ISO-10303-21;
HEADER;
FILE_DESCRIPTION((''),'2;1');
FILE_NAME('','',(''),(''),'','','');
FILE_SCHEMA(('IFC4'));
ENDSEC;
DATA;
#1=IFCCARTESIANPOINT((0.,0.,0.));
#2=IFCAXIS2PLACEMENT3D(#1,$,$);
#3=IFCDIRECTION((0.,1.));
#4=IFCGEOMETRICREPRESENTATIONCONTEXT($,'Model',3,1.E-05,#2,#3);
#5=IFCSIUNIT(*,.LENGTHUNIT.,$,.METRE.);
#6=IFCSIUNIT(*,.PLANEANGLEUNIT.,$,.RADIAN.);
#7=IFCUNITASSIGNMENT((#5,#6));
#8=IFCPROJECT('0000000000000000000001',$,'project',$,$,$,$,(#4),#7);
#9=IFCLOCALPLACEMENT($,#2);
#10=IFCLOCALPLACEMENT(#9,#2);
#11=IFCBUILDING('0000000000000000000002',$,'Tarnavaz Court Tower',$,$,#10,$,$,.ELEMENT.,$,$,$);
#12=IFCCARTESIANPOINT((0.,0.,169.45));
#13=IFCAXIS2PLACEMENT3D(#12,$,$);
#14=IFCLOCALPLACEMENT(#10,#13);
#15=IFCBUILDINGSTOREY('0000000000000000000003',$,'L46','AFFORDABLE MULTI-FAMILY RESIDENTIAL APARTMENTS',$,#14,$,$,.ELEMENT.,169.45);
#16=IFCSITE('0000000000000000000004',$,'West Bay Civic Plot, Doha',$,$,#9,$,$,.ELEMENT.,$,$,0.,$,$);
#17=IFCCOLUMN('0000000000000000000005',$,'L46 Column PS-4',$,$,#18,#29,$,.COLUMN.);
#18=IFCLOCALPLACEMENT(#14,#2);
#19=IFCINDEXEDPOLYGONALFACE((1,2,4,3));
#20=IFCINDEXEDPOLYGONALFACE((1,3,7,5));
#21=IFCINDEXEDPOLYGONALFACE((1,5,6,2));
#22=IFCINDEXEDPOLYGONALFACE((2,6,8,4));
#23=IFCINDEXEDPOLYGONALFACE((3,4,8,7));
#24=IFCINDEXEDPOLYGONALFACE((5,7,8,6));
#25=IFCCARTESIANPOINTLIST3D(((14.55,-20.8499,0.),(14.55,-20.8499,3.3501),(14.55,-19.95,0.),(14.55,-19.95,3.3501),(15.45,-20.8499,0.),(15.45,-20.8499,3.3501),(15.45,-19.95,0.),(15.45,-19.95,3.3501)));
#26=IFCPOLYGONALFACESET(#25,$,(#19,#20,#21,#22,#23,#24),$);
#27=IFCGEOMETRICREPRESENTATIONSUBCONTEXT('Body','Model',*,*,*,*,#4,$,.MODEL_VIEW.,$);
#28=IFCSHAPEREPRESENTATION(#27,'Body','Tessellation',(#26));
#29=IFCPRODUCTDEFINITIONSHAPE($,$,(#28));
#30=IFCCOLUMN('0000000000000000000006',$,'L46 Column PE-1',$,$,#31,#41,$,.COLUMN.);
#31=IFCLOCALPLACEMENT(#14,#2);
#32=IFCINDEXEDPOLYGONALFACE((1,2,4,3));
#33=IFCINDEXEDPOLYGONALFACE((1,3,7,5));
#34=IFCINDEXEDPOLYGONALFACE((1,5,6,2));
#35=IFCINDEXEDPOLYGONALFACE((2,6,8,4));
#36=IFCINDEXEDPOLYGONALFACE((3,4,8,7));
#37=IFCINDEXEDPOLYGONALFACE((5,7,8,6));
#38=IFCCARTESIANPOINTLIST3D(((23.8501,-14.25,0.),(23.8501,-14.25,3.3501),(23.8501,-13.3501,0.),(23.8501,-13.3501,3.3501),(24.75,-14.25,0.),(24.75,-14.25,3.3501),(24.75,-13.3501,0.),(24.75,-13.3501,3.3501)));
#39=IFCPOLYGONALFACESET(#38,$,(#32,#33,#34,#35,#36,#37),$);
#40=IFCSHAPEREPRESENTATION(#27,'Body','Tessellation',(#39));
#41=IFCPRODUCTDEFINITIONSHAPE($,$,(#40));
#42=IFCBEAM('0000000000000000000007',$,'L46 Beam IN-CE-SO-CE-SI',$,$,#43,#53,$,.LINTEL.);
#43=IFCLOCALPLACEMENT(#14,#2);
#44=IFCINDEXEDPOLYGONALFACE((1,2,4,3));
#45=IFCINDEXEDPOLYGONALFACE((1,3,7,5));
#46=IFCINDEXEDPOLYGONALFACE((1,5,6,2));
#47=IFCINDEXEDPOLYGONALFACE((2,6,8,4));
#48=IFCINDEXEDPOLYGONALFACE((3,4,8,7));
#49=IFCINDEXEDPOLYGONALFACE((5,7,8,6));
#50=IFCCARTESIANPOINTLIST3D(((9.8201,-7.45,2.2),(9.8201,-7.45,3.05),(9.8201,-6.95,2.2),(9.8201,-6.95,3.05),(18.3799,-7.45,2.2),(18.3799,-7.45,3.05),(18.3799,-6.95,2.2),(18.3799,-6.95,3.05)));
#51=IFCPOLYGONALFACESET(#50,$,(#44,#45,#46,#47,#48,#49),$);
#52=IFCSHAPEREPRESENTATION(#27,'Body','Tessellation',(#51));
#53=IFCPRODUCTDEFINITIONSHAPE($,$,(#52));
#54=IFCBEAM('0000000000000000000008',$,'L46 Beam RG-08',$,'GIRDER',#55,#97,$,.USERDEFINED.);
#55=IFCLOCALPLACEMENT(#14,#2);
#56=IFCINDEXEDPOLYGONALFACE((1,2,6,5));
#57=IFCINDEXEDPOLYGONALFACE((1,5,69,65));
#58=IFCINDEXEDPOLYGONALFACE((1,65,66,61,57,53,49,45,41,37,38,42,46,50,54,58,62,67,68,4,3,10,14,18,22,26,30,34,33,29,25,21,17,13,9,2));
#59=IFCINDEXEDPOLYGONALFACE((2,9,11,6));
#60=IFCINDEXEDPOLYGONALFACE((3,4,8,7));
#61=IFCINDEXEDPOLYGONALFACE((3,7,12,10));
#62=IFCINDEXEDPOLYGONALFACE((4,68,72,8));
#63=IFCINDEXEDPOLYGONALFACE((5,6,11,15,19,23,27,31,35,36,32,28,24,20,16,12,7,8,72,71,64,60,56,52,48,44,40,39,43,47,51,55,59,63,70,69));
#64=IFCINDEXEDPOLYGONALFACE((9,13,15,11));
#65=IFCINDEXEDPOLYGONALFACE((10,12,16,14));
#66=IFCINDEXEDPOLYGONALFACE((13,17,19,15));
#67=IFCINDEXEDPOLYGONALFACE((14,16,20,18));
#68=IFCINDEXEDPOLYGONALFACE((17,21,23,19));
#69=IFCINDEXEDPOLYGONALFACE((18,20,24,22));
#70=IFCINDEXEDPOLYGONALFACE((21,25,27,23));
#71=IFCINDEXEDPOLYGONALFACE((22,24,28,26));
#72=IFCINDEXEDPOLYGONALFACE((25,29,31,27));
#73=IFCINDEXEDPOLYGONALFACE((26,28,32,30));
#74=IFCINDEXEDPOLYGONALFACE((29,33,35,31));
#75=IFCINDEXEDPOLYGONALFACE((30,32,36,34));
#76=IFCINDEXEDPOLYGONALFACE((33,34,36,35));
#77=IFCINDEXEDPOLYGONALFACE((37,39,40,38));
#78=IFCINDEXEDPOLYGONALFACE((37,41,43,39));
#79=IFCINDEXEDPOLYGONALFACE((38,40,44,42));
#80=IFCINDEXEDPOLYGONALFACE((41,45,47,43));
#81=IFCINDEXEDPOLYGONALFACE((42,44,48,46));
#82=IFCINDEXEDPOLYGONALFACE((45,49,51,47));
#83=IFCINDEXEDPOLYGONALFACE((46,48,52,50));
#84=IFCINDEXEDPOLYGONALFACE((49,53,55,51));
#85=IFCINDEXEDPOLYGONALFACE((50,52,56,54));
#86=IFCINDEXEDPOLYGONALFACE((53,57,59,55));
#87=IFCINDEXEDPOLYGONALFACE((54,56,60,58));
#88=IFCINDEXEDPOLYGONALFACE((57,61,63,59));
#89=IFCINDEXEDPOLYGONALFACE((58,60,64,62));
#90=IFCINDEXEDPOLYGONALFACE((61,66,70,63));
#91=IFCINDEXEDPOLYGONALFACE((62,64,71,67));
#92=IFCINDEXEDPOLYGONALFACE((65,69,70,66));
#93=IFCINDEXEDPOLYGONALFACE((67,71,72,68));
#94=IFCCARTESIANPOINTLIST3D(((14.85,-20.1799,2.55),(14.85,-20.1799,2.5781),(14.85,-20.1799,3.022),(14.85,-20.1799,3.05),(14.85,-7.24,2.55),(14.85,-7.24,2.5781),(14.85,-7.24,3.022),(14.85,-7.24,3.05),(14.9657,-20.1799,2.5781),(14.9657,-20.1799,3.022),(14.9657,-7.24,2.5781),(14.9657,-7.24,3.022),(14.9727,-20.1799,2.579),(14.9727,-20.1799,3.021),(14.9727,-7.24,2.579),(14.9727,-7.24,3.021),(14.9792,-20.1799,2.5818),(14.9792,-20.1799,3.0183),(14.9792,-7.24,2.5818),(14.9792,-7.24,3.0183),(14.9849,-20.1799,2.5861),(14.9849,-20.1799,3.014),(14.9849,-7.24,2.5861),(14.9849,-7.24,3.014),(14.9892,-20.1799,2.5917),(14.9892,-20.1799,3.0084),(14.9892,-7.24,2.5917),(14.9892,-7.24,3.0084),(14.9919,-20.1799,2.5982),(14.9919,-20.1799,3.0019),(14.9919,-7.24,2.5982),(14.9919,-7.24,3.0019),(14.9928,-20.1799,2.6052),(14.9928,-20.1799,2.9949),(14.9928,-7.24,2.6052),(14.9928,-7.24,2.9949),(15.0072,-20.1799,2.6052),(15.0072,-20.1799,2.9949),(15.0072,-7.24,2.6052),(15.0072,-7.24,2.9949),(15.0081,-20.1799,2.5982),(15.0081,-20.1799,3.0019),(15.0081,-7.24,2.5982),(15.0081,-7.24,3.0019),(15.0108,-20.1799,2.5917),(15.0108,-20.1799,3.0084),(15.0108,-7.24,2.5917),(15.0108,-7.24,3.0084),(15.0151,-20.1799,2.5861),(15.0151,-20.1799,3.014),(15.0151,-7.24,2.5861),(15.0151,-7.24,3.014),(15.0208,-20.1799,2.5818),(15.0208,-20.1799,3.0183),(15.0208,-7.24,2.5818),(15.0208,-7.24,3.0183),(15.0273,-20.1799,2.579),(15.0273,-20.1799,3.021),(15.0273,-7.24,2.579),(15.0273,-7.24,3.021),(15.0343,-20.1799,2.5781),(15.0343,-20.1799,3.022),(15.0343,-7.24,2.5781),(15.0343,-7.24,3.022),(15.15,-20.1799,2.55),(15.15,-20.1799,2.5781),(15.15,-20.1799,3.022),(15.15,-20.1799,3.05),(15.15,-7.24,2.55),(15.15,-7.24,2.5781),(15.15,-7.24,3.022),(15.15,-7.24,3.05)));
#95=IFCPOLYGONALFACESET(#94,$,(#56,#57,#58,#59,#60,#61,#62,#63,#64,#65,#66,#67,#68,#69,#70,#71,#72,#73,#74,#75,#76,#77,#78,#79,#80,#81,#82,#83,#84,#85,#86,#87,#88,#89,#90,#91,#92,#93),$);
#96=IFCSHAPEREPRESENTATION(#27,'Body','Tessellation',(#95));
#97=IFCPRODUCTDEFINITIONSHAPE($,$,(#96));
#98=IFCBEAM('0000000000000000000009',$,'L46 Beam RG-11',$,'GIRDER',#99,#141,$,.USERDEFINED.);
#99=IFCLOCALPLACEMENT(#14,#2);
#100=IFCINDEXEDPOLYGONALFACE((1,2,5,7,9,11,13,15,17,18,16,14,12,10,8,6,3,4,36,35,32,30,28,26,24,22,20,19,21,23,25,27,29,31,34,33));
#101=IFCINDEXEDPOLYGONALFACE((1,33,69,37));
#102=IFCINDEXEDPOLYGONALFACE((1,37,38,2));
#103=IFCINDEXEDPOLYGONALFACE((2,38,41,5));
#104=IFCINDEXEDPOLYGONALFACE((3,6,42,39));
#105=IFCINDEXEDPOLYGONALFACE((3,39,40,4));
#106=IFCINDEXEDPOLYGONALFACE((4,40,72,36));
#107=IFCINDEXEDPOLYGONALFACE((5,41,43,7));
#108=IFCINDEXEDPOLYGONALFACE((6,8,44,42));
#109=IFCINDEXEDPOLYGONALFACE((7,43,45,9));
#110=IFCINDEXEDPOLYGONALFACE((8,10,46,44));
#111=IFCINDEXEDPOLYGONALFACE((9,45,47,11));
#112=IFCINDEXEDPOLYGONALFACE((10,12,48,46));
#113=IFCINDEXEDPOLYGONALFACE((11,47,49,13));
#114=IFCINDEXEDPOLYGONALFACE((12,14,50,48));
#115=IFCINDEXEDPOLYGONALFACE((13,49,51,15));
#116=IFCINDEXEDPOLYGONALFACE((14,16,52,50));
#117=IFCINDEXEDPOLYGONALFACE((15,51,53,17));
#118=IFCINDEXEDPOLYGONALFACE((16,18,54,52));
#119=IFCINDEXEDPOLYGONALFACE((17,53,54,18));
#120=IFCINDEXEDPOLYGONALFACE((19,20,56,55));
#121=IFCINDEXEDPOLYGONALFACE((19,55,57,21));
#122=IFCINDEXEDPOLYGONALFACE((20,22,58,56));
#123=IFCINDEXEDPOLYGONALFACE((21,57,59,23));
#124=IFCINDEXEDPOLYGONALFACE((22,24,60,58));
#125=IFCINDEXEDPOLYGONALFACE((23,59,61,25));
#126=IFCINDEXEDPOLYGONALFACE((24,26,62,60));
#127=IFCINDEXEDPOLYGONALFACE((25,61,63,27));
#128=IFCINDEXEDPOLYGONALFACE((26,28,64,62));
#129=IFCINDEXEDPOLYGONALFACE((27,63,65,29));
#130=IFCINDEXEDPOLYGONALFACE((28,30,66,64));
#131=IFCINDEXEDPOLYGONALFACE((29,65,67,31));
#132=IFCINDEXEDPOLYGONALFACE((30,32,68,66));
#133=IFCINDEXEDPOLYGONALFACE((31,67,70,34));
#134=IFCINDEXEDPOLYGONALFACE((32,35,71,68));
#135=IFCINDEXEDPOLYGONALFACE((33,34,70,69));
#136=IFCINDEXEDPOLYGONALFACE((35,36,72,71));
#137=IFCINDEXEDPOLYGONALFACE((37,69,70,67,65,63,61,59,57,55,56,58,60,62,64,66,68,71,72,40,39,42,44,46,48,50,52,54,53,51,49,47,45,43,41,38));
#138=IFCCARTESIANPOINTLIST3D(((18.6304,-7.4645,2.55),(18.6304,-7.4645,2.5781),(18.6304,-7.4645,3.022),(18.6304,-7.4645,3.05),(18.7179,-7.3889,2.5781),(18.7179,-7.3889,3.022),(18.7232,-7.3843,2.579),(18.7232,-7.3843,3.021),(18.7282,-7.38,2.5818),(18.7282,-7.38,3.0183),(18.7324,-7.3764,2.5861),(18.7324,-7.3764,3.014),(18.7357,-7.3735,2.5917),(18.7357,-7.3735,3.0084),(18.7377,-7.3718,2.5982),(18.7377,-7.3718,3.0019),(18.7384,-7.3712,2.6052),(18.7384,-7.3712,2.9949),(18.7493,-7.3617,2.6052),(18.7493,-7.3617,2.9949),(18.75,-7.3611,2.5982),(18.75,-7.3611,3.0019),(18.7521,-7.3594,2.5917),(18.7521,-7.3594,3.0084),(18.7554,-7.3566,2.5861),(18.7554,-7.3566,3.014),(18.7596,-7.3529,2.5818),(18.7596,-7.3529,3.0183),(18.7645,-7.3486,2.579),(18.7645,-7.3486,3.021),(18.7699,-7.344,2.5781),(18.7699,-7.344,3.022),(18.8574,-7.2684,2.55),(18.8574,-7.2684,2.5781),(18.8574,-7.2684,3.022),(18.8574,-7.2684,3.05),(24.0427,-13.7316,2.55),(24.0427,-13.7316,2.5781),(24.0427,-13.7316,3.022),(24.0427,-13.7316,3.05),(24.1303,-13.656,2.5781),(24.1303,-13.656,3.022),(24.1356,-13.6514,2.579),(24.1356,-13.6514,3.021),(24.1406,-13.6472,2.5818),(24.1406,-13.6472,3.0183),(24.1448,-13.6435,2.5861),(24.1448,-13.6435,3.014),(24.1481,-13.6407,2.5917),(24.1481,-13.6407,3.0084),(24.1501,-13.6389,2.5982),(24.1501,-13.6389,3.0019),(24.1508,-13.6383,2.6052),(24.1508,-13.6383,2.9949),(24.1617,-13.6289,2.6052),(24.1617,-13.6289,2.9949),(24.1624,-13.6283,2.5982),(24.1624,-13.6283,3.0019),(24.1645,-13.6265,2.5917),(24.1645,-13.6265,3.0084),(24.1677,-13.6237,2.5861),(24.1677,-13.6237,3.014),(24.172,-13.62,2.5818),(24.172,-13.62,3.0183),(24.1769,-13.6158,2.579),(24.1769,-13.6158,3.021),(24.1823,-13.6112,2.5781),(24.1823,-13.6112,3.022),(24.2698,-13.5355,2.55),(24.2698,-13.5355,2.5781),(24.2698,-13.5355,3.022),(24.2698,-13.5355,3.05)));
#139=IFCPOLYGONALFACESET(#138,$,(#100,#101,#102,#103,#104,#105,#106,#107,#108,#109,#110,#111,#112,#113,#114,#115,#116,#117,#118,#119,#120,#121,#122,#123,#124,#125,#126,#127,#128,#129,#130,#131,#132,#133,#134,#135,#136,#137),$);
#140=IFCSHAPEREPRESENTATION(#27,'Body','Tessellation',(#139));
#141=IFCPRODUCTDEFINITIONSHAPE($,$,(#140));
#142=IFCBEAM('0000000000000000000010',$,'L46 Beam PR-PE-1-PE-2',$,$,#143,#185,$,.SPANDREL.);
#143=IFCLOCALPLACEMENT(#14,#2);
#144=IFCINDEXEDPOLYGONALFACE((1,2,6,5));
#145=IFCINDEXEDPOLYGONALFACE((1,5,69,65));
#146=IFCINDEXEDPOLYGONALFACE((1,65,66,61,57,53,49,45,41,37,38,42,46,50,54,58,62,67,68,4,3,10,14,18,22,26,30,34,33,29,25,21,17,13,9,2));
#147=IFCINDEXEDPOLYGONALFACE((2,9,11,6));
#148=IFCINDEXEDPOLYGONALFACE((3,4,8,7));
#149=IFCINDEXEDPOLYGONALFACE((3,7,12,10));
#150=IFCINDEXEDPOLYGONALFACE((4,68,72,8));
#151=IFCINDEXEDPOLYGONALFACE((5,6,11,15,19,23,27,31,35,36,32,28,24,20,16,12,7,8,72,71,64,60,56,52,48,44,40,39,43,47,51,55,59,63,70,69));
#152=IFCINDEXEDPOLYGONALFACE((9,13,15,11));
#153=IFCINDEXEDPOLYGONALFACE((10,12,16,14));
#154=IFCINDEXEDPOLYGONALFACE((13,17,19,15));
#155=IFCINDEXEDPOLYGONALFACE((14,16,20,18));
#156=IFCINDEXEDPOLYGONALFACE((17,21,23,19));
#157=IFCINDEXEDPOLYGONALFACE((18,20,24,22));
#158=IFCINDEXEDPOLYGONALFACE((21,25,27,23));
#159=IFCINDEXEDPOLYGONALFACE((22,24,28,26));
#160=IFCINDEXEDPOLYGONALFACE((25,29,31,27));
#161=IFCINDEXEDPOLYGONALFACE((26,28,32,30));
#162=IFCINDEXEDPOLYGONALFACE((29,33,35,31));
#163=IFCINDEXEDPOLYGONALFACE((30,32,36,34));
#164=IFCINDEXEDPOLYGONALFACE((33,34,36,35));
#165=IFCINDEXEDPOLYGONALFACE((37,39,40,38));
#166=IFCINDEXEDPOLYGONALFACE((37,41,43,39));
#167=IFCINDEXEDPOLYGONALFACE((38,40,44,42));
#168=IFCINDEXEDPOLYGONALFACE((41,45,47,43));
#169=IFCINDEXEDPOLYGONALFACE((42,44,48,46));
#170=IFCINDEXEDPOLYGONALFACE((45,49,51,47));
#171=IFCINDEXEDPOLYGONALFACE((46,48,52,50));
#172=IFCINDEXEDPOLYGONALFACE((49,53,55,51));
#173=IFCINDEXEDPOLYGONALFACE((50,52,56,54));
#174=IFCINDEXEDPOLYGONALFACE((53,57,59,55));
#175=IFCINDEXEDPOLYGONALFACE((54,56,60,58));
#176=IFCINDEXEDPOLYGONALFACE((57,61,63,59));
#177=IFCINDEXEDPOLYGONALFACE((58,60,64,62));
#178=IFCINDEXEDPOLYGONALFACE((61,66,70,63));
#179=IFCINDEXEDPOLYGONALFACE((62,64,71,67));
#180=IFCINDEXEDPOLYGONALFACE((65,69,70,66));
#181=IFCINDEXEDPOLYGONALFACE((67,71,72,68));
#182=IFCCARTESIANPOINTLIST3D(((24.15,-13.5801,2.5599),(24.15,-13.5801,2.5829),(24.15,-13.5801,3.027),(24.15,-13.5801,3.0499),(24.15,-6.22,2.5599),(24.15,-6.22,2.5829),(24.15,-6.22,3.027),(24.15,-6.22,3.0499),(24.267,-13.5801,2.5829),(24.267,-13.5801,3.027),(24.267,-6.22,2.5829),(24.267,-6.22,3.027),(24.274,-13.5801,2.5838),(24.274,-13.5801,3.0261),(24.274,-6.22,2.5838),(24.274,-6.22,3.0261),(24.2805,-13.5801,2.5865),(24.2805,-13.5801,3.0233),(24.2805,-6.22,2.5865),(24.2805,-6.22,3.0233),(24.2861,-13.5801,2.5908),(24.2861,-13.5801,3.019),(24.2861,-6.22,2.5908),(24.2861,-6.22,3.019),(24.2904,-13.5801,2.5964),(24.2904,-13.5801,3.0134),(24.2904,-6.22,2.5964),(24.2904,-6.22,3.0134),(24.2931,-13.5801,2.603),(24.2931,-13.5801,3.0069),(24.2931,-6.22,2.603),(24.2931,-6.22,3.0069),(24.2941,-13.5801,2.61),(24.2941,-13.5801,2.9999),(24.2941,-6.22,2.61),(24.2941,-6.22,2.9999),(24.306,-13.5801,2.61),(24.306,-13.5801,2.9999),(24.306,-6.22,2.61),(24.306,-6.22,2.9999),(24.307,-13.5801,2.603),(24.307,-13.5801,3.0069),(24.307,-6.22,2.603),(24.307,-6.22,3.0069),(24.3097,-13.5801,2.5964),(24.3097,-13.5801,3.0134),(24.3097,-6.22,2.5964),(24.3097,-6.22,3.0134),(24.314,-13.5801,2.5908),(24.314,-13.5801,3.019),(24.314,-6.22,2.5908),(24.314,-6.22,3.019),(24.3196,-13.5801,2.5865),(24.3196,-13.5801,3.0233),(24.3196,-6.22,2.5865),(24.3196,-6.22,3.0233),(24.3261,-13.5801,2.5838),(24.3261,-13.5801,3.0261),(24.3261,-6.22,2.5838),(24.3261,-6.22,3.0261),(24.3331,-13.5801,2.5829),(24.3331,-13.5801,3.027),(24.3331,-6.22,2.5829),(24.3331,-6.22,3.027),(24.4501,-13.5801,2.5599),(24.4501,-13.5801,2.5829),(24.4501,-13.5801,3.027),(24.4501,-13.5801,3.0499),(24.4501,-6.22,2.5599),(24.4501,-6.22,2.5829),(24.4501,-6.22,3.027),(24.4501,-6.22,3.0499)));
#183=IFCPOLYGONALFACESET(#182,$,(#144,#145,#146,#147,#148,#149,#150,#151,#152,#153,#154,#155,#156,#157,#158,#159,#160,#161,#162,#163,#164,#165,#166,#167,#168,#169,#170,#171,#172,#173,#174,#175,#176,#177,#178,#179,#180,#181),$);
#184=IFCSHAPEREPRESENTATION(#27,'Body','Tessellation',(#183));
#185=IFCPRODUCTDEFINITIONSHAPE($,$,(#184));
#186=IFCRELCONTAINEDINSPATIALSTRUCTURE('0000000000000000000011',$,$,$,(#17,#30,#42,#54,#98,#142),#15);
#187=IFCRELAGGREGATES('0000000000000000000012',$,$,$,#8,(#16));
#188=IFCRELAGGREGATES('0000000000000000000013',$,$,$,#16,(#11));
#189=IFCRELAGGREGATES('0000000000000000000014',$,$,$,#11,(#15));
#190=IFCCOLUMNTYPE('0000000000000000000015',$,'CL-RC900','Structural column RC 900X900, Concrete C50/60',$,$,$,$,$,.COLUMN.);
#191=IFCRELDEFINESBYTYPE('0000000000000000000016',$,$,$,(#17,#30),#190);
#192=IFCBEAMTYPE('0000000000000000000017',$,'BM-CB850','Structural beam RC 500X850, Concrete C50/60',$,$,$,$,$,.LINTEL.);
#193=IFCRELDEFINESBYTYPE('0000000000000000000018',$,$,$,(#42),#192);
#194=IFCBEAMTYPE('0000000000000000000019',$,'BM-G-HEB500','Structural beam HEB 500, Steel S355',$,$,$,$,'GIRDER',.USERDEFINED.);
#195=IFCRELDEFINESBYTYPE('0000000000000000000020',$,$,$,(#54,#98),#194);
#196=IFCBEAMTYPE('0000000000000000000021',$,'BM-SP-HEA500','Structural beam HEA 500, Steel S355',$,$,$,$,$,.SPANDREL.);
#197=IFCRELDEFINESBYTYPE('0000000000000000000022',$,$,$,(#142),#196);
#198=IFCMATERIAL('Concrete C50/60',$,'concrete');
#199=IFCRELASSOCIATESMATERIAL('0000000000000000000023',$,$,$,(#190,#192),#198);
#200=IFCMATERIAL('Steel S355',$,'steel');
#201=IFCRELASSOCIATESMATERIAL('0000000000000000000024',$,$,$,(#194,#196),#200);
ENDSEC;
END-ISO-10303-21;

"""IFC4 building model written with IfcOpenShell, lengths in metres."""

from ifc_helpers import new_model, si_unit, direction, frame, origin, origin_2d, place, context, subcontext, project, spatial, rectangle, i_section, extrude, material, material_profile, profile_set, type_object, element, save


model = new_model("IFC4")

# Units and contexts
model_context = context("Model", 3, precision=1e-05, world=origin(), true_north=direction((0.0, 1.0)))
body_context = subcontext(model_context, "Body", "Model", "MODEL_VIEW")
ifc_project = project(units=[si_unit("LENGTHUNIT", "METRE"), si_unit("PLANEANGLEUNIT", "RADIAN")], contexts=[model_context])

# Site, building, storey
site_placement = place(None, origin())
site = spatial("IfcSite", under=ifc_project, at=site_placement, Name="West Bay Civic Plot, Doha", CompositionType="ELEMENT", RefElevation=0.0)
building_placement = place(site_placement, origin())
building = spatial("IfcBuilding", under=site, at=building_placement, Name="Tarnavaz Court Tower", CompositionType="ELEMENT")
storey_placement = place(building_placement, frame((0.0, 0.0, 169.45)))
storey = spatial("IfcBuildingStorey", under=building, at=storey_placement, Name="L46", Description="AFFORDABLE MULTI-FAMILY RESIDENTIAL APARTMENTS", CompositionType="ELEMENT", Elevation=169.45)

# Columns
ifc_material_1 = material(Name="Concrete C50/60", Category="concrete")
ifc_material_profile_1 = material_profile(ifc_material_1, rectangle(XDim=0.8999, YDim=0.8999, at=origin_2d()), Name="RC 900X900")
ifc_profile_set_1 = profile_set([ifc_material_profile_1], Name="Concrete C50/60")
column_type = type_object("IfcColumnType", Name="CL-RC900", Description="Structural column RC 900X900, Concrete C50/60", PredefinedType="COLUMN", material=ifc_profile_set_1)
for number, where, z_axis, x_axis, name in (
    (1, (15.0, -20.3999, 0.0), (0.0, 0.0, 1.0), (1.0, 0.0, 0.0), "L46 Column PS-4"),
    (2, (24.3, -13.8, 0.0), (0.0, 0.0, 1.0), (1.0, 0.0, 0.0), "L46 Column PE-1"),
):
    element("IfcColumn", number, at=place(storey_placement, frame(where, z_axis=z_axis, x_axis=x_axis)), inside=storey, type_object=column_type, Name=name, PredefinedType="COLUMN", context=body_context, shape_type="SweptSolid", body=[
        extrude(rectangle(XDim=0.8999, YDim=0.8999, at=origin_2d()), origin(), (0.0, 0.0, 1.0), 3.3501),
    ])

# Beams
ifc_material_profile_2 = material_profile(ifc_material_1, rectangle(XDim=0.5, YDim=0.8501, at=origin_2d()), Name="RC 500X850")
ifc_profile_set_2 = profile_set([ifc_material_profile_2], Name="Concrete C50/60")
beam_type_1 = type_object("IfcBeamType", Name="BM-CB850", Description="Structural beam RC 500X850, Concrete C50/60", PredefinedType="LINTEL", material=ifc_profile_set_2)
beam_1_placement = place(storey_placement, frame((18.3799, -7.2, 2.625), z_axis=(-1.0, 0.0, 0.0), x_axis=(0.0, -1.0, 0.0)))
element("IfcBeam", 3, at=beam_1_placement, inside=storey, type_object=beam_type_1, Name="L46 Beam IN-CE-SO-CE-SI", PredefinedType="LINTEL", context=body_context, shape_type="SweptSolid", body=[
    extrude(rectangle(XDim=0.5, YDim=0.8501, at=origin_2d()), origin(), (0.0, 0.0, 1.0), 8.5598),
])
ifc_material_2 = material(Name="Steel S355", Category="steel")
ifc_material_profile_3 = material_profile(ifc_material_2, i_section(OverallWidth=0.3, OverallDepth=0.5, WebThickness=0.0144, FlangeThickness=0.0281, FilletRadius=0.0271, at=origin_2d()), Name="HEB 500")
ifc_profile_set_3 = profile_set([ifc_material_profile_3], Name="Steel S355")
beam_type_2 = type_object("IfcBeamType", Name="BM-G-HEB500", Description="Structural beam HEB 500, Steel S355", ElementType="GIRDER", PredefinedType="USERDEFINED", material=ifc_profile_set_3)
beam_2_placement = place(storey_placement, frame((15.0, -7.24, 2.8), z_axis=(0.0, -1.0, 0.0), x_axis=(1.0, 0.0, 0.0)))
element("IfcBeam", 4, at=beam_2_placement, inside=storey, type_object=beam_type_2, Name="L46 Beam RG-08", ObjectType="GIRDER", PredefinedType="USERDEFINED", context=body_context, shape_type="SweptSolid", body=[
    extrude(i_section(OverallWidth=0.3, OverallDepth=0.5, WebThickness=0.0144, FlangeThickness=0.0281, FilletRadius=0.0271, at=origin_2d()), origin(), (0.0, 0.0, 1.0), 12.9399),
])
beam_3_placement = place(storey_placement, frame((18.7439, -7.3665, 2.8), z_axis=(0.653611, -0.756831, 0.0), x_axis=(0.756831, 0.653611, 0.0)))
element("IfcBeam", 5, at=beam_3_placement, inside=storey, type_object=beam_type_2, Name="L46 Beam RG-11", ObjectType="GIRDER", PredefinedType="USERDEFINED", context=body_context, shape_type="SweptSolid", body=[
    extrude(i_section(OverallWidth=0.3, OverallDepth=0.5, WebThickness=0.0144, FlangeThickness=0.0281, FilletRadius=0.0271, at=origin_2d()), origin(), (0.0, 0.0, 1.0), 8.2808),
])
ifc_material_profile_4 = material_profile(ifc_material_2, i_section(OverallWidth=0.3, OverallDepth=0.49, WebThickness=0.012, FlangeThickness=0.0229, FilletRadius=0.0271, at=origin_2d()), Name="HEA 500")
ifc_profile_set_4 = profile_set([ifc_material_profile_4], Name="Steel S355")
beam_type_3 = type_object("IfcBeamType", Name="BM-SP-HEA500", Description="Structural beam HEA 500, Steel S355", PredefinedType="SPANDREL", material=ifc_profile_set_4)
beam_4_placement = place(storey_placement, frame((24.3, -13.5801, 2.8049), z_axis=(0.0, 1.0, 0.0), x_axis=(-1.0, 0.0, 0.0)))
element("IfcBeam", 6, at=beam_4_placement, inside=storey, type_object=beam_type_3, Name="L46 Beam PR-PE-1-PE-2", PredefinedType="SPANDREL", context=body_context, shape_type="SweptSolid", body=[
    extrude(i_section(OverallWidth=0.3, OverallDepth=0.49, WebThickness=0.012, FlangeThickness=0.0229, FilletRadius=0.0271, at=origin_2d()), origin(), (0.0, 0.0, 1.0), 7.3601),
])

save(model, "model.ifc")
